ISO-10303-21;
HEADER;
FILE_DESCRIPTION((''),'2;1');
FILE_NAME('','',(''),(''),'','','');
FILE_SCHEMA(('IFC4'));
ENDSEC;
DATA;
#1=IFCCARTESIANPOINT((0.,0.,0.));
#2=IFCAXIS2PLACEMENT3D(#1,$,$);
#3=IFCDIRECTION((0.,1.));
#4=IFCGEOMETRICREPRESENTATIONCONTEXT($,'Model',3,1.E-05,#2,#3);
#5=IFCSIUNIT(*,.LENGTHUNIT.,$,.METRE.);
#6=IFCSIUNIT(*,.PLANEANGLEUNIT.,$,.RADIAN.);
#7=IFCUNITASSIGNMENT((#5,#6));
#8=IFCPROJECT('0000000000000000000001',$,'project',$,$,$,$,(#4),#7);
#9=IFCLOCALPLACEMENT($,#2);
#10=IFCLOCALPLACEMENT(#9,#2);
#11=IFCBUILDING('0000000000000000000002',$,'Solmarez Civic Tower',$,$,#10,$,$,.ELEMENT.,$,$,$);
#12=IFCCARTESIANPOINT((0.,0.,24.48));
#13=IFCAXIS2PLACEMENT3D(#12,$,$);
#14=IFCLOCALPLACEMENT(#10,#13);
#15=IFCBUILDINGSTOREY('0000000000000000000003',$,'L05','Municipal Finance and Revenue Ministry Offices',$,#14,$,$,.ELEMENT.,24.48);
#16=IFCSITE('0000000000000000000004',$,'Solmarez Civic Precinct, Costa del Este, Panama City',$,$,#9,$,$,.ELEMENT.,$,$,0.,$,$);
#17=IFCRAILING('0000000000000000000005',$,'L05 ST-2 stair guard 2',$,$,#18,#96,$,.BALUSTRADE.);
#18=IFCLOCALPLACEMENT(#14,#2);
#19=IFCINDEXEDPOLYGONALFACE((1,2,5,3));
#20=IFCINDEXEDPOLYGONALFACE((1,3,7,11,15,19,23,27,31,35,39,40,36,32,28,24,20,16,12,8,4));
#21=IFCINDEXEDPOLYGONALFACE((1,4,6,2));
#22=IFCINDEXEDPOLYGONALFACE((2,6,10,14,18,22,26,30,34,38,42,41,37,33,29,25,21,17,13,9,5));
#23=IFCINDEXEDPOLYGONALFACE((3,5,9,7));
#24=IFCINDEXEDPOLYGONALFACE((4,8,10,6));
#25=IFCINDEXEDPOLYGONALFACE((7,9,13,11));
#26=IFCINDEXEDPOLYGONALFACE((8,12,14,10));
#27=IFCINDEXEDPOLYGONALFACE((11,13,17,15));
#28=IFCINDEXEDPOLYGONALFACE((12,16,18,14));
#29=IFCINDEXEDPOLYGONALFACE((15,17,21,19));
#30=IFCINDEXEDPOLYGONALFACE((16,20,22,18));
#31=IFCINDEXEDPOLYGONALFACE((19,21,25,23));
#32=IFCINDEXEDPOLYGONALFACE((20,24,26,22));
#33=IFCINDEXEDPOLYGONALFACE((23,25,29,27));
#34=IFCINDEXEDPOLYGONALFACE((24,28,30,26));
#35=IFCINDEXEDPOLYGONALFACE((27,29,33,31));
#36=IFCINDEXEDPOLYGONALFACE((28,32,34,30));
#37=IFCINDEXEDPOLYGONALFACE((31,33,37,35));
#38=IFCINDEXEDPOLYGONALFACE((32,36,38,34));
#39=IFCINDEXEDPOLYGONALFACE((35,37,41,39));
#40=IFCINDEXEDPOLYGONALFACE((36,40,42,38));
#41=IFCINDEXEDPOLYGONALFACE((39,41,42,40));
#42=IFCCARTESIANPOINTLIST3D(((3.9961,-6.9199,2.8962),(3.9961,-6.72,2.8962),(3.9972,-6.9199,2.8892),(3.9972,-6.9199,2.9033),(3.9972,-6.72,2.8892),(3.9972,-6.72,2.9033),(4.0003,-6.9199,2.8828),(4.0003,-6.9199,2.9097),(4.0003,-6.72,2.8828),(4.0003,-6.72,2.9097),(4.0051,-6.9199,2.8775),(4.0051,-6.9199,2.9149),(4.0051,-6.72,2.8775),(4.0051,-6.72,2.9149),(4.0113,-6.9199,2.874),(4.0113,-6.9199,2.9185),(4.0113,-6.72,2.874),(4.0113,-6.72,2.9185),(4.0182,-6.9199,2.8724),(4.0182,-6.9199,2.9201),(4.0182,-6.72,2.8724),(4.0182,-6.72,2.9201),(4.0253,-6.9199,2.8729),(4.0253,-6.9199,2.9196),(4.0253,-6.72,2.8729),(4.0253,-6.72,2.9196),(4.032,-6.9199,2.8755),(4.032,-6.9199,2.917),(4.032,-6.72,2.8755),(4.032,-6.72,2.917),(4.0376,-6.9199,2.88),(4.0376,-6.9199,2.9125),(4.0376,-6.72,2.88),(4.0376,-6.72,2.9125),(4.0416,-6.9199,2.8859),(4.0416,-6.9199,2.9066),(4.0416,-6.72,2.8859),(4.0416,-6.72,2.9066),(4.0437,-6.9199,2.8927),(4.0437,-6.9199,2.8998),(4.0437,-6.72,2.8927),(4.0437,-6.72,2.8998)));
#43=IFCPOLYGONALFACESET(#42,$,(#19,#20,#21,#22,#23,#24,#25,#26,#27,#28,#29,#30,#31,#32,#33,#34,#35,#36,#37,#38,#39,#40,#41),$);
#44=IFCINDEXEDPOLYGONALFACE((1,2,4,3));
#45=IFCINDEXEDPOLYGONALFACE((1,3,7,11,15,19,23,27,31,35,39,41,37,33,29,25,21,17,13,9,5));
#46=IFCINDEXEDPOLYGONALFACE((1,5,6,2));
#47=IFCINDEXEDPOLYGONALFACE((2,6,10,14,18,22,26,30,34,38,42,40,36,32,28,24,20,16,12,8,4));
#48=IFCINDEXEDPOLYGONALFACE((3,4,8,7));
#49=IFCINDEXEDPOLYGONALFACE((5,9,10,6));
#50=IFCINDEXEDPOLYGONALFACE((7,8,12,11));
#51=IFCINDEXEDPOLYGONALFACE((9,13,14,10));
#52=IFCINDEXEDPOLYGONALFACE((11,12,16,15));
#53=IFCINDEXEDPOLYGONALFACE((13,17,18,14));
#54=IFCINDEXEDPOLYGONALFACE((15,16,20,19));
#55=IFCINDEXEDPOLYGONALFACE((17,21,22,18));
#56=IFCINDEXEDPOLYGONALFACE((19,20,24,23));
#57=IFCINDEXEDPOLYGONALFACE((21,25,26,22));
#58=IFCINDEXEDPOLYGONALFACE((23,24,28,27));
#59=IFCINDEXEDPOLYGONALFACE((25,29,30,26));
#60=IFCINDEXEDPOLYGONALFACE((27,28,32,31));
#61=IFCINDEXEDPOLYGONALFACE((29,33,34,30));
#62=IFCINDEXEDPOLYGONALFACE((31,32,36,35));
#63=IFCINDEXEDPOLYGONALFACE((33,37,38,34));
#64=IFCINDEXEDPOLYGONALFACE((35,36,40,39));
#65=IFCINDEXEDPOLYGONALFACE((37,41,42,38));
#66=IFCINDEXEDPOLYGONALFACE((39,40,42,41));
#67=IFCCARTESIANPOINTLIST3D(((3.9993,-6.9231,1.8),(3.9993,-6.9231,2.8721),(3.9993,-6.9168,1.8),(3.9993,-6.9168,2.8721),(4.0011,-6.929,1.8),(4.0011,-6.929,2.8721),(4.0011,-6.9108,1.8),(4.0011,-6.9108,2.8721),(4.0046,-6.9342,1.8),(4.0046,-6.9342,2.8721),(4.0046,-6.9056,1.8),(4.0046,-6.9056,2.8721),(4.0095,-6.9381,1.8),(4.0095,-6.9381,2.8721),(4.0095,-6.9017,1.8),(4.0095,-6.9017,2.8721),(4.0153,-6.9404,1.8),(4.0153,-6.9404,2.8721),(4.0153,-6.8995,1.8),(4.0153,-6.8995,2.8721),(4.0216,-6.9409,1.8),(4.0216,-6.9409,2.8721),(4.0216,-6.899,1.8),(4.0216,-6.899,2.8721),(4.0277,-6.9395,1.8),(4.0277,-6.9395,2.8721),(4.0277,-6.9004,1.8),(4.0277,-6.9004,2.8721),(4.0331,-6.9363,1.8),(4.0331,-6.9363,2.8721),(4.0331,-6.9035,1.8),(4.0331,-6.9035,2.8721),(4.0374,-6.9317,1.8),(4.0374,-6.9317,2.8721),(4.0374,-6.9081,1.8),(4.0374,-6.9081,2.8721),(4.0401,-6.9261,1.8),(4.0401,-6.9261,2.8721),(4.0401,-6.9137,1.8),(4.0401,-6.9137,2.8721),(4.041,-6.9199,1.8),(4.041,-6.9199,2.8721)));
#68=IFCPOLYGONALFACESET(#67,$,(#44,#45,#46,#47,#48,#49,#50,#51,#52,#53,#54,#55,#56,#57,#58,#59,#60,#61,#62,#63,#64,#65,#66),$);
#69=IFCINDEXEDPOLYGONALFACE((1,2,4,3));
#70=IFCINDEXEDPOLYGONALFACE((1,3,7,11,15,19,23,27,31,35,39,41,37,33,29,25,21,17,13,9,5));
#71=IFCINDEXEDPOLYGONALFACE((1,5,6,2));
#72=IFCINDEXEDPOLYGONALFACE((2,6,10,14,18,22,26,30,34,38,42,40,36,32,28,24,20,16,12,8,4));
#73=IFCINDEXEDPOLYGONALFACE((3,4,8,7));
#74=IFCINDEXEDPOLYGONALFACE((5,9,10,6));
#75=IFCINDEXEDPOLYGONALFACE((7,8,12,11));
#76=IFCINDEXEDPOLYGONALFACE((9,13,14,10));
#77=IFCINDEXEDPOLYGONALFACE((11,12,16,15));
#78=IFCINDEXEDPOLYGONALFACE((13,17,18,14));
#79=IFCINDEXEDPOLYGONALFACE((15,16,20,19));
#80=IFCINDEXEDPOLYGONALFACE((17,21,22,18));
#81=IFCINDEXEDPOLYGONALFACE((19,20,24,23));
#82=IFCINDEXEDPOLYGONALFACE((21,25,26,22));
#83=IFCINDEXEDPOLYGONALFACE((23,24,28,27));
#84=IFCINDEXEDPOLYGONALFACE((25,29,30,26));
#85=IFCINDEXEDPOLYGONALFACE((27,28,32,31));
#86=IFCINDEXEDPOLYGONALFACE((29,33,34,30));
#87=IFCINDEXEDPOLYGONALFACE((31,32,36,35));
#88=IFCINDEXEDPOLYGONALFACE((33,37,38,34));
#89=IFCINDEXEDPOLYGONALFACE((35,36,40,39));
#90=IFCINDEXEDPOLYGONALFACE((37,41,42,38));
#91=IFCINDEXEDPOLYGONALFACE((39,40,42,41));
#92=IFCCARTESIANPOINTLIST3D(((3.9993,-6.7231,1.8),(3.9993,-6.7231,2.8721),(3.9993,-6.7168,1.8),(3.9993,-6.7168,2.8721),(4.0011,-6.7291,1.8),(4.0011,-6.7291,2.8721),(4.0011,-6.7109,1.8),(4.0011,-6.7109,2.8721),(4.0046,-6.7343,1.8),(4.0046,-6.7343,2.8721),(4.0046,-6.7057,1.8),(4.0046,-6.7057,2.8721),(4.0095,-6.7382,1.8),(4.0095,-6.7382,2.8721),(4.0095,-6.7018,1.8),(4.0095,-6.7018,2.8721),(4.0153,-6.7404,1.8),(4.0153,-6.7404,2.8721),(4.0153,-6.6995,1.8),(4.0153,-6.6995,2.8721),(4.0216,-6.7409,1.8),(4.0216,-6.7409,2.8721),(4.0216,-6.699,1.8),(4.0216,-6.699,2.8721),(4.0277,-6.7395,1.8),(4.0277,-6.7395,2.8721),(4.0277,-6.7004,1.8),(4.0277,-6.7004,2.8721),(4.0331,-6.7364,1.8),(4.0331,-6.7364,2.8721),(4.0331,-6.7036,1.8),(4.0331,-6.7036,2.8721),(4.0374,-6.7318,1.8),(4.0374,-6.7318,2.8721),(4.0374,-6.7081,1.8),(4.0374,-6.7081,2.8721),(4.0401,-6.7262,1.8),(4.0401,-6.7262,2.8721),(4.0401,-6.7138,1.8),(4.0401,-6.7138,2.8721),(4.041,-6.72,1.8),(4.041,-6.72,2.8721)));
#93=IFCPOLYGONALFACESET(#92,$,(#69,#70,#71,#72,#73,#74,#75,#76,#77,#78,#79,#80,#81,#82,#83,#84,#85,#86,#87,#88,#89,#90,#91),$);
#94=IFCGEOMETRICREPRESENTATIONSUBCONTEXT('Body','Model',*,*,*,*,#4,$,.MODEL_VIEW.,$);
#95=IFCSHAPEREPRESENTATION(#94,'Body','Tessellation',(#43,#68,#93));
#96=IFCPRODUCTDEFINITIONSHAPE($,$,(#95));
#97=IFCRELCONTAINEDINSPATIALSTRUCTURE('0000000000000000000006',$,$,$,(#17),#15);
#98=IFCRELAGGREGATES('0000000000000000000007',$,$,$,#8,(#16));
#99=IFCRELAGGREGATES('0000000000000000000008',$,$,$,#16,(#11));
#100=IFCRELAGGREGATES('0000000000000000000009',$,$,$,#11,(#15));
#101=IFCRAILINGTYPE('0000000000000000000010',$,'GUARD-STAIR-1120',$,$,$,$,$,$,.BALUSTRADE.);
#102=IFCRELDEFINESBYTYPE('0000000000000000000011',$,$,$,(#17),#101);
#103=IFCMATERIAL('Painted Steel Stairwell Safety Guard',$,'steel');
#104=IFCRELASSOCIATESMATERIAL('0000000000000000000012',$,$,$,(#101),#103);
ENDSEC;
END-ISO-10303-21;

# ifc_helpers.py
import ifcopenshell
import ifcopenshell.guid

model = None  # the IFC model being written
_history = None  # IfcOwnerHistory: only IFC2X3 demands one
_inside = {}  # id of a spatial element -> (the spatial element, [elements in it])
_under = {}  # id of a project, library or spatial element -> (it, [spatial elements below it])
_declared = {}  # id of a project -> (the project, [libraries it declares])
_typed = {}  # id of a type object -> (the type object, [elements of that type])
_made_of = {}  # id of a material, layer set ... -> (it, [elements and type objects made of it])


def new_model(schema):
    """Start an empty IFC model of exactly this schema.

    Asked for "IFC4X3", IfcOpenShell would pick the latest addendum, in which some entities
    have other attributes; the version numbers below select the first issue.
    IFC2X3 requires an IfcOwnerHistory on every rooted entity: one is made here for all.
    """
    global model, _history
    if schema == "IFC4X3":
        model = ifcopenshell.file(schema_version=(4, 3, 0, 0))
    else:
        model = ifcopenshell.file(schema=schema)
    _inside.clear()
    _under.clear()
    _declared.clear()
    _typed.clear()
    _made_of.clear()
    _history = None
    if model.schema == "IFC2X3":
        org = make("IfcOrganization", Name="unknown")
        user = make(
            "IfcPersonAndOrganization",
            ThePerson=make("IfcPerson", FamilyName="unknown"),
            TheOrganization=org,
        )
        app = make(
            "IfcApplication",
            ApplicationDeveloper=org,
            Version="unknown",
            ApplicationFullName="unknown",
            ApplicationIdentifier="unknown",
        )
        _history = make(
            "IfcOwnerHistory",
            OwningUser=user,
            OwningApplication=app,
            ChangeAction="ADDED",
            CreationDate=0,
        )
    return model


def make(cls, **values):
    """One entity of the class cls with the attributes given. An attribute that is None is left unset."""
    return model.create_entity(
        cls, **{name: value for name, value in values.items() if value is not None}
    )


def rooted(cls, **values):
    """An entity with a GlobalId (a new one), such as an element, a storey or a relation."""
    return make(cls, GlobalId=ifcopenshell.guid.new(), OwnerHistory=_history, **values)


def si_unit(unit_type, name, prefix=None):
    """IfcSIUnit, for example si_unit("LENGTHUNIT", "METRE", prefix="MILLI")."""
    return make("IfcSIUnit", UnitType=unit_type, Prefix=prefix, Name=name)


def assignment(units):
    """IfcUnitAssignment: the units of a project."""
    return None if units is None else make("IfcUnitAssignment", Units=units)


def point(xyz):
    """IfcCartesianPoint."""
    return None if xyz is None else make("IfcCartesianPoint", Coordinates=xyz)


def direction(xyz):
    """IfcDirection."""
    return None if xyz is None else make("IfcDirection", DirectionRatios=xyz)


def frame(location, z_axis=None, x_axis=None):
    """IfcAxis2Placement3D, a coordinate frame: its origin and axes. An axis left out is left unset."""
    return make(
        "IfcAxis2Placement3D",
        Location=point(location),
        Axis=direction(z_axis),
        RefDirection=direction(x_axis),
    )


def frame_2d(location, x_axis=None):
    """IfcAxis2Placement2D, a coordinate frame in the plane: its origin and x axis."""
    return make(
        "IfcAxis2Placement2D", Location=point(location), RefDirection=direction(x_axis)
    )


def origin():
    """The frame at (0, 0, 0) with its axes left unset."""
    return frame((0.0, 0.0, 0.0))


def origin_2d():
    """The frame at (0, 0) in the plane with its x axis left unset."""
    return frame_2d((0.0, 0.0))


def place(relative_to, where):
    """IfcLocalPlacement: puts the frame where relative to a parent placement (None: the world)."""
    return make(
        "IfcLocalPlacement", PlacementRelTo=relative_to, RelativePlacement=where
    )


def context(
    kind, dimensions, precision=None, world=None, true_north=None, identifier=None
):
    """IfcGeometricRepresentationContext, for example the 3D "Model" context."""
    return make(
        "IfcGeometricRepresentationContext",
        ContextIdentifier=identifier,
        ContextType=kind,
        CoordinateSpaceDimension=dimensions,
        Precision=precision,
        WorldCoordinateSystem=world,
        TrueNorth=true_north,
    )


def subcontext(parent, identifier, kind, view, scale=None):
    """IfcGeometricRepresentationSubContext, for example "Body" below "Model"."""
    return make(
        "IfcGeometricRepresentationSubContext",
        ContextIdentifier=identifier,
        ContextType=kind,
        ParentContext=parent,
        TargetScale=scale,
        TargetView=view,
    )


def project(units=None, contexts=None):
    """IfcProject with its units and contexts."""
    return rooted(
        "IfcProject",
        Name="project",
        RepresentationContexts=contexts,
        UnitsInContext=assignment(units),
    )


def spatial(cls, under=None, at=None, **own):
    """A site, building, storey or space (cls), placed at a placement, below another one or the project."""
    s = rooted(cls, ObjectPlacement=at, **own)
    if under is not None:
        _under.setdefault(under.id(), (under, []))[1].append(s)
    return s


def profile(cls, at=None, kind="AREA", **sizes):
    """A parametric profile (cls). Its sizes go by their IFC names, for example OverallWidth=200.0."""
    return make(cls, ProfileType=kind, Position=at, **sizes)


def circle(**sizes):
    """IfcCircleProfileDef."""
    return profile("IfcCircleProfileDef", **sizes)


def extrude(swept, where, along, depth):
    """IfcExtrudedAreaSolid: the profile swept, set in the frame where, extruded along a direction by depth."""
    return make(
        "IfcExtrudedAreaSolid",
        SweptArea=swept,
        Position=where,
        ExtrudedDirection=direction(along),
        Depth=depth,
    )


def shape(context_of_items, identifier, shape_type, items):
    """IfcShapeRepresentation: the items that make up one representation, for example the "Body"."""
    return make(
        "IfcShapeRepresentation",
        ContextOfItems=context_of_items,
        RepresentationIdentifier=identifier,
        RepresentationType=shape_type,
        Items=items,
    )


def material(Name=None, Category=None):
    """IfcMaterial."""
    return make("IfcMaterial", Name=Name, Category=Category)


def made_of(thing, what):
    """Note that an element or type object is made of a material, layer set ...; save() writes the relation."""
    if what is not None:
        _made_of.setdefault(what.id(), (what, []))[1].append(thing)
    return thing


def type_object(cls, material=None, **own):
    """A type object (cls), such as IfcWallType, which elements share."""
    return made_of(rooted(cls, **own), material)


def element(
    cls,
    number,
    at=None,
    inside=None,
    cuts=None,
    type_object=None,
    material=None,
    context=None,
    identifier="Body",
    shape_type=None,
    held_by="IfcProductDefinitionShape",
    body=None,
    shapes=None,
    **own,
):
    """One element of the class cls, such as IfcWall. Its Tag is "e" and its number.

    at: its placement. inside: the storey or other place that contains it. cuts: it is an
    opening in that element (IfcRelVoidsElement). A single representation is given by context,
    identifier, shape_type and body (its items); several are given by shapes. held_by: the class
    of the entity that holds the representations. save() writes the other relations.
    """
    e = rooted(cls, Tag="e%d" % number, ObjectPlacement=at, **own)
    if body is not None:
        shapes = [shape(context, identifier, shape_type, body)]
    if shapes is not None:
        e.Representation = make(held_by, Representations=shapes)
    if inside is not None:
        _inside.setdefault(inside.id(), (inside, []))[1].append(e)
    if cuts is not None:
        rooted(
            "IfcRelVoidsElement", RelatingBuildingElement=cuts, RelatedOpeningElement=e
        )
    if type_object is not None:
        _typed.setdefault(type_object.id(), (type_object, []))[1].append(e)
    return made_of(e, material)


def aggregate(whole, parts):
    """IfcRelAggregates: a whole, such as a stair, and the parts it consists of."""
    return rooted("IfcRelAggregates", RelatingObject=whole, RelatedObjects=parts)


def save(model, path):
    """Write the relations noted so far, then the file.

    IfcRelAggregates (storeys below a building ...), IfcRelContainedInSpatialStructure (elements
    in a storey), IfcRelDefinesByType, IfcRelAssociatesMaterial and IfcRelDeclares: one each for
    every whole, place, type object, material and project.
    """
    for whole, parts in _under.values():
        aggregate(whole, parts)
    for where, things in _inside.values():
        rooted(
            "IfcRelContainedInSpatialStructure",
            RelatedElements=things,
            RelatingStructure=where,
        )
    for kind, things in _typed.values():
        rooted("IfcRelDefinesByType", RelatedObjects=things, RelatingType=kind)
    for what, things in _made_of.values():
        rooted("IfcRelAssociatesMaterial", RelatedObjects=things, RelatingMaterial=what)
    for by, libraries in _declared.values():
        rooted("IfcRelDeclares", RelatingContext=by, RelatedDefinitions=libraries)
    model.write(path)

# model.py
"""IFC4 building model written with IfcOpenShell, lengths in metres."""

from ifc_helpers import new_model, si_unit, direction, frame, origin, origin_2d, place, context, subcontext, project, spatial, circle, extrude, material, type_object, element, save


model = new_model("IFC4")

# Units and contexts
model_context = context("Model", 3, precision=1e-05, world=origin(), true_north=direction((0.0, 1.0)))
body_context = subcontext(model_context, "Body", "Model", "MODEL_VIEW")
ifc_project = project(units=[si_unit("LENGTHUNIT", "METRE"), si_unit("PLANEANGLEUNIT", "RADIAN")], contexts=[model_context])

# Site, building, storey
site_placement = place(None, origin())
site = spatial("IfcSite", under=ifc_project, at=site_placement, Name="Solmarez Civic Precinct, Costa del Este, Panama City", CompositionType="ELEMENT", RefElevation=0.0)
building_placement = place(site_placement, origin())
building = spatial("IfcBuilding", under=site, at=building_placement, Name="Solmarez Civic Tower", CompositionType="ELEMENT")
storey_placement = place(building_placement, frame((0.0, 0.0, 24.48)))
storey = spatial("IfcBuildingStorey", under=building, at=storey_placement, Name="L05", Description="Municipal Finance and Revenue Ministry Offices", CompositionType="ELEMENT", Elevation=24.48)

# Railing
ifc_material_1 = material(Name="Painted Steel Stairwell Safety Guard", Category="steel")
railing_type_1 = type_object("IfcRailingType", Name="GUARD-STAIR-1120", PredefinedType="BALUSTRADE", material=ifc_material_1)
railing_1_placement = place(storey_placement, frame((4.02, -6.9199, 1.8)))
element("IfcRailing", 1, at=railing_1_placement, inside=storey, type_object=railing_type_1, Name="L05 ST-2 stair guard 2", PredefinedType="BALUSTRADE", context=body_context, shape_type="SweptSolid", body=[
    extrude(circle(Radius=0.0239, at=origin_2d()), frame((0.0, 0.0, 1.0962), z_axis=(0.0, 1.0, 0.0), x_axis=(-1.0, 0.0, 0.0)), (0.0, 0.0, 1.0), 0.2),
    extrude(circle(Radius=0.021, at=origin_2d()), origin(), (0.0, 0.0, 1.0), 1.072),
    extrude(circle(Radius=0.021, at=origin_2d()), frame((0.0, 0.2, 0.0)), (0.0, 0.0, 1.0), 1.072),
])

save(model, "model.ifc")
